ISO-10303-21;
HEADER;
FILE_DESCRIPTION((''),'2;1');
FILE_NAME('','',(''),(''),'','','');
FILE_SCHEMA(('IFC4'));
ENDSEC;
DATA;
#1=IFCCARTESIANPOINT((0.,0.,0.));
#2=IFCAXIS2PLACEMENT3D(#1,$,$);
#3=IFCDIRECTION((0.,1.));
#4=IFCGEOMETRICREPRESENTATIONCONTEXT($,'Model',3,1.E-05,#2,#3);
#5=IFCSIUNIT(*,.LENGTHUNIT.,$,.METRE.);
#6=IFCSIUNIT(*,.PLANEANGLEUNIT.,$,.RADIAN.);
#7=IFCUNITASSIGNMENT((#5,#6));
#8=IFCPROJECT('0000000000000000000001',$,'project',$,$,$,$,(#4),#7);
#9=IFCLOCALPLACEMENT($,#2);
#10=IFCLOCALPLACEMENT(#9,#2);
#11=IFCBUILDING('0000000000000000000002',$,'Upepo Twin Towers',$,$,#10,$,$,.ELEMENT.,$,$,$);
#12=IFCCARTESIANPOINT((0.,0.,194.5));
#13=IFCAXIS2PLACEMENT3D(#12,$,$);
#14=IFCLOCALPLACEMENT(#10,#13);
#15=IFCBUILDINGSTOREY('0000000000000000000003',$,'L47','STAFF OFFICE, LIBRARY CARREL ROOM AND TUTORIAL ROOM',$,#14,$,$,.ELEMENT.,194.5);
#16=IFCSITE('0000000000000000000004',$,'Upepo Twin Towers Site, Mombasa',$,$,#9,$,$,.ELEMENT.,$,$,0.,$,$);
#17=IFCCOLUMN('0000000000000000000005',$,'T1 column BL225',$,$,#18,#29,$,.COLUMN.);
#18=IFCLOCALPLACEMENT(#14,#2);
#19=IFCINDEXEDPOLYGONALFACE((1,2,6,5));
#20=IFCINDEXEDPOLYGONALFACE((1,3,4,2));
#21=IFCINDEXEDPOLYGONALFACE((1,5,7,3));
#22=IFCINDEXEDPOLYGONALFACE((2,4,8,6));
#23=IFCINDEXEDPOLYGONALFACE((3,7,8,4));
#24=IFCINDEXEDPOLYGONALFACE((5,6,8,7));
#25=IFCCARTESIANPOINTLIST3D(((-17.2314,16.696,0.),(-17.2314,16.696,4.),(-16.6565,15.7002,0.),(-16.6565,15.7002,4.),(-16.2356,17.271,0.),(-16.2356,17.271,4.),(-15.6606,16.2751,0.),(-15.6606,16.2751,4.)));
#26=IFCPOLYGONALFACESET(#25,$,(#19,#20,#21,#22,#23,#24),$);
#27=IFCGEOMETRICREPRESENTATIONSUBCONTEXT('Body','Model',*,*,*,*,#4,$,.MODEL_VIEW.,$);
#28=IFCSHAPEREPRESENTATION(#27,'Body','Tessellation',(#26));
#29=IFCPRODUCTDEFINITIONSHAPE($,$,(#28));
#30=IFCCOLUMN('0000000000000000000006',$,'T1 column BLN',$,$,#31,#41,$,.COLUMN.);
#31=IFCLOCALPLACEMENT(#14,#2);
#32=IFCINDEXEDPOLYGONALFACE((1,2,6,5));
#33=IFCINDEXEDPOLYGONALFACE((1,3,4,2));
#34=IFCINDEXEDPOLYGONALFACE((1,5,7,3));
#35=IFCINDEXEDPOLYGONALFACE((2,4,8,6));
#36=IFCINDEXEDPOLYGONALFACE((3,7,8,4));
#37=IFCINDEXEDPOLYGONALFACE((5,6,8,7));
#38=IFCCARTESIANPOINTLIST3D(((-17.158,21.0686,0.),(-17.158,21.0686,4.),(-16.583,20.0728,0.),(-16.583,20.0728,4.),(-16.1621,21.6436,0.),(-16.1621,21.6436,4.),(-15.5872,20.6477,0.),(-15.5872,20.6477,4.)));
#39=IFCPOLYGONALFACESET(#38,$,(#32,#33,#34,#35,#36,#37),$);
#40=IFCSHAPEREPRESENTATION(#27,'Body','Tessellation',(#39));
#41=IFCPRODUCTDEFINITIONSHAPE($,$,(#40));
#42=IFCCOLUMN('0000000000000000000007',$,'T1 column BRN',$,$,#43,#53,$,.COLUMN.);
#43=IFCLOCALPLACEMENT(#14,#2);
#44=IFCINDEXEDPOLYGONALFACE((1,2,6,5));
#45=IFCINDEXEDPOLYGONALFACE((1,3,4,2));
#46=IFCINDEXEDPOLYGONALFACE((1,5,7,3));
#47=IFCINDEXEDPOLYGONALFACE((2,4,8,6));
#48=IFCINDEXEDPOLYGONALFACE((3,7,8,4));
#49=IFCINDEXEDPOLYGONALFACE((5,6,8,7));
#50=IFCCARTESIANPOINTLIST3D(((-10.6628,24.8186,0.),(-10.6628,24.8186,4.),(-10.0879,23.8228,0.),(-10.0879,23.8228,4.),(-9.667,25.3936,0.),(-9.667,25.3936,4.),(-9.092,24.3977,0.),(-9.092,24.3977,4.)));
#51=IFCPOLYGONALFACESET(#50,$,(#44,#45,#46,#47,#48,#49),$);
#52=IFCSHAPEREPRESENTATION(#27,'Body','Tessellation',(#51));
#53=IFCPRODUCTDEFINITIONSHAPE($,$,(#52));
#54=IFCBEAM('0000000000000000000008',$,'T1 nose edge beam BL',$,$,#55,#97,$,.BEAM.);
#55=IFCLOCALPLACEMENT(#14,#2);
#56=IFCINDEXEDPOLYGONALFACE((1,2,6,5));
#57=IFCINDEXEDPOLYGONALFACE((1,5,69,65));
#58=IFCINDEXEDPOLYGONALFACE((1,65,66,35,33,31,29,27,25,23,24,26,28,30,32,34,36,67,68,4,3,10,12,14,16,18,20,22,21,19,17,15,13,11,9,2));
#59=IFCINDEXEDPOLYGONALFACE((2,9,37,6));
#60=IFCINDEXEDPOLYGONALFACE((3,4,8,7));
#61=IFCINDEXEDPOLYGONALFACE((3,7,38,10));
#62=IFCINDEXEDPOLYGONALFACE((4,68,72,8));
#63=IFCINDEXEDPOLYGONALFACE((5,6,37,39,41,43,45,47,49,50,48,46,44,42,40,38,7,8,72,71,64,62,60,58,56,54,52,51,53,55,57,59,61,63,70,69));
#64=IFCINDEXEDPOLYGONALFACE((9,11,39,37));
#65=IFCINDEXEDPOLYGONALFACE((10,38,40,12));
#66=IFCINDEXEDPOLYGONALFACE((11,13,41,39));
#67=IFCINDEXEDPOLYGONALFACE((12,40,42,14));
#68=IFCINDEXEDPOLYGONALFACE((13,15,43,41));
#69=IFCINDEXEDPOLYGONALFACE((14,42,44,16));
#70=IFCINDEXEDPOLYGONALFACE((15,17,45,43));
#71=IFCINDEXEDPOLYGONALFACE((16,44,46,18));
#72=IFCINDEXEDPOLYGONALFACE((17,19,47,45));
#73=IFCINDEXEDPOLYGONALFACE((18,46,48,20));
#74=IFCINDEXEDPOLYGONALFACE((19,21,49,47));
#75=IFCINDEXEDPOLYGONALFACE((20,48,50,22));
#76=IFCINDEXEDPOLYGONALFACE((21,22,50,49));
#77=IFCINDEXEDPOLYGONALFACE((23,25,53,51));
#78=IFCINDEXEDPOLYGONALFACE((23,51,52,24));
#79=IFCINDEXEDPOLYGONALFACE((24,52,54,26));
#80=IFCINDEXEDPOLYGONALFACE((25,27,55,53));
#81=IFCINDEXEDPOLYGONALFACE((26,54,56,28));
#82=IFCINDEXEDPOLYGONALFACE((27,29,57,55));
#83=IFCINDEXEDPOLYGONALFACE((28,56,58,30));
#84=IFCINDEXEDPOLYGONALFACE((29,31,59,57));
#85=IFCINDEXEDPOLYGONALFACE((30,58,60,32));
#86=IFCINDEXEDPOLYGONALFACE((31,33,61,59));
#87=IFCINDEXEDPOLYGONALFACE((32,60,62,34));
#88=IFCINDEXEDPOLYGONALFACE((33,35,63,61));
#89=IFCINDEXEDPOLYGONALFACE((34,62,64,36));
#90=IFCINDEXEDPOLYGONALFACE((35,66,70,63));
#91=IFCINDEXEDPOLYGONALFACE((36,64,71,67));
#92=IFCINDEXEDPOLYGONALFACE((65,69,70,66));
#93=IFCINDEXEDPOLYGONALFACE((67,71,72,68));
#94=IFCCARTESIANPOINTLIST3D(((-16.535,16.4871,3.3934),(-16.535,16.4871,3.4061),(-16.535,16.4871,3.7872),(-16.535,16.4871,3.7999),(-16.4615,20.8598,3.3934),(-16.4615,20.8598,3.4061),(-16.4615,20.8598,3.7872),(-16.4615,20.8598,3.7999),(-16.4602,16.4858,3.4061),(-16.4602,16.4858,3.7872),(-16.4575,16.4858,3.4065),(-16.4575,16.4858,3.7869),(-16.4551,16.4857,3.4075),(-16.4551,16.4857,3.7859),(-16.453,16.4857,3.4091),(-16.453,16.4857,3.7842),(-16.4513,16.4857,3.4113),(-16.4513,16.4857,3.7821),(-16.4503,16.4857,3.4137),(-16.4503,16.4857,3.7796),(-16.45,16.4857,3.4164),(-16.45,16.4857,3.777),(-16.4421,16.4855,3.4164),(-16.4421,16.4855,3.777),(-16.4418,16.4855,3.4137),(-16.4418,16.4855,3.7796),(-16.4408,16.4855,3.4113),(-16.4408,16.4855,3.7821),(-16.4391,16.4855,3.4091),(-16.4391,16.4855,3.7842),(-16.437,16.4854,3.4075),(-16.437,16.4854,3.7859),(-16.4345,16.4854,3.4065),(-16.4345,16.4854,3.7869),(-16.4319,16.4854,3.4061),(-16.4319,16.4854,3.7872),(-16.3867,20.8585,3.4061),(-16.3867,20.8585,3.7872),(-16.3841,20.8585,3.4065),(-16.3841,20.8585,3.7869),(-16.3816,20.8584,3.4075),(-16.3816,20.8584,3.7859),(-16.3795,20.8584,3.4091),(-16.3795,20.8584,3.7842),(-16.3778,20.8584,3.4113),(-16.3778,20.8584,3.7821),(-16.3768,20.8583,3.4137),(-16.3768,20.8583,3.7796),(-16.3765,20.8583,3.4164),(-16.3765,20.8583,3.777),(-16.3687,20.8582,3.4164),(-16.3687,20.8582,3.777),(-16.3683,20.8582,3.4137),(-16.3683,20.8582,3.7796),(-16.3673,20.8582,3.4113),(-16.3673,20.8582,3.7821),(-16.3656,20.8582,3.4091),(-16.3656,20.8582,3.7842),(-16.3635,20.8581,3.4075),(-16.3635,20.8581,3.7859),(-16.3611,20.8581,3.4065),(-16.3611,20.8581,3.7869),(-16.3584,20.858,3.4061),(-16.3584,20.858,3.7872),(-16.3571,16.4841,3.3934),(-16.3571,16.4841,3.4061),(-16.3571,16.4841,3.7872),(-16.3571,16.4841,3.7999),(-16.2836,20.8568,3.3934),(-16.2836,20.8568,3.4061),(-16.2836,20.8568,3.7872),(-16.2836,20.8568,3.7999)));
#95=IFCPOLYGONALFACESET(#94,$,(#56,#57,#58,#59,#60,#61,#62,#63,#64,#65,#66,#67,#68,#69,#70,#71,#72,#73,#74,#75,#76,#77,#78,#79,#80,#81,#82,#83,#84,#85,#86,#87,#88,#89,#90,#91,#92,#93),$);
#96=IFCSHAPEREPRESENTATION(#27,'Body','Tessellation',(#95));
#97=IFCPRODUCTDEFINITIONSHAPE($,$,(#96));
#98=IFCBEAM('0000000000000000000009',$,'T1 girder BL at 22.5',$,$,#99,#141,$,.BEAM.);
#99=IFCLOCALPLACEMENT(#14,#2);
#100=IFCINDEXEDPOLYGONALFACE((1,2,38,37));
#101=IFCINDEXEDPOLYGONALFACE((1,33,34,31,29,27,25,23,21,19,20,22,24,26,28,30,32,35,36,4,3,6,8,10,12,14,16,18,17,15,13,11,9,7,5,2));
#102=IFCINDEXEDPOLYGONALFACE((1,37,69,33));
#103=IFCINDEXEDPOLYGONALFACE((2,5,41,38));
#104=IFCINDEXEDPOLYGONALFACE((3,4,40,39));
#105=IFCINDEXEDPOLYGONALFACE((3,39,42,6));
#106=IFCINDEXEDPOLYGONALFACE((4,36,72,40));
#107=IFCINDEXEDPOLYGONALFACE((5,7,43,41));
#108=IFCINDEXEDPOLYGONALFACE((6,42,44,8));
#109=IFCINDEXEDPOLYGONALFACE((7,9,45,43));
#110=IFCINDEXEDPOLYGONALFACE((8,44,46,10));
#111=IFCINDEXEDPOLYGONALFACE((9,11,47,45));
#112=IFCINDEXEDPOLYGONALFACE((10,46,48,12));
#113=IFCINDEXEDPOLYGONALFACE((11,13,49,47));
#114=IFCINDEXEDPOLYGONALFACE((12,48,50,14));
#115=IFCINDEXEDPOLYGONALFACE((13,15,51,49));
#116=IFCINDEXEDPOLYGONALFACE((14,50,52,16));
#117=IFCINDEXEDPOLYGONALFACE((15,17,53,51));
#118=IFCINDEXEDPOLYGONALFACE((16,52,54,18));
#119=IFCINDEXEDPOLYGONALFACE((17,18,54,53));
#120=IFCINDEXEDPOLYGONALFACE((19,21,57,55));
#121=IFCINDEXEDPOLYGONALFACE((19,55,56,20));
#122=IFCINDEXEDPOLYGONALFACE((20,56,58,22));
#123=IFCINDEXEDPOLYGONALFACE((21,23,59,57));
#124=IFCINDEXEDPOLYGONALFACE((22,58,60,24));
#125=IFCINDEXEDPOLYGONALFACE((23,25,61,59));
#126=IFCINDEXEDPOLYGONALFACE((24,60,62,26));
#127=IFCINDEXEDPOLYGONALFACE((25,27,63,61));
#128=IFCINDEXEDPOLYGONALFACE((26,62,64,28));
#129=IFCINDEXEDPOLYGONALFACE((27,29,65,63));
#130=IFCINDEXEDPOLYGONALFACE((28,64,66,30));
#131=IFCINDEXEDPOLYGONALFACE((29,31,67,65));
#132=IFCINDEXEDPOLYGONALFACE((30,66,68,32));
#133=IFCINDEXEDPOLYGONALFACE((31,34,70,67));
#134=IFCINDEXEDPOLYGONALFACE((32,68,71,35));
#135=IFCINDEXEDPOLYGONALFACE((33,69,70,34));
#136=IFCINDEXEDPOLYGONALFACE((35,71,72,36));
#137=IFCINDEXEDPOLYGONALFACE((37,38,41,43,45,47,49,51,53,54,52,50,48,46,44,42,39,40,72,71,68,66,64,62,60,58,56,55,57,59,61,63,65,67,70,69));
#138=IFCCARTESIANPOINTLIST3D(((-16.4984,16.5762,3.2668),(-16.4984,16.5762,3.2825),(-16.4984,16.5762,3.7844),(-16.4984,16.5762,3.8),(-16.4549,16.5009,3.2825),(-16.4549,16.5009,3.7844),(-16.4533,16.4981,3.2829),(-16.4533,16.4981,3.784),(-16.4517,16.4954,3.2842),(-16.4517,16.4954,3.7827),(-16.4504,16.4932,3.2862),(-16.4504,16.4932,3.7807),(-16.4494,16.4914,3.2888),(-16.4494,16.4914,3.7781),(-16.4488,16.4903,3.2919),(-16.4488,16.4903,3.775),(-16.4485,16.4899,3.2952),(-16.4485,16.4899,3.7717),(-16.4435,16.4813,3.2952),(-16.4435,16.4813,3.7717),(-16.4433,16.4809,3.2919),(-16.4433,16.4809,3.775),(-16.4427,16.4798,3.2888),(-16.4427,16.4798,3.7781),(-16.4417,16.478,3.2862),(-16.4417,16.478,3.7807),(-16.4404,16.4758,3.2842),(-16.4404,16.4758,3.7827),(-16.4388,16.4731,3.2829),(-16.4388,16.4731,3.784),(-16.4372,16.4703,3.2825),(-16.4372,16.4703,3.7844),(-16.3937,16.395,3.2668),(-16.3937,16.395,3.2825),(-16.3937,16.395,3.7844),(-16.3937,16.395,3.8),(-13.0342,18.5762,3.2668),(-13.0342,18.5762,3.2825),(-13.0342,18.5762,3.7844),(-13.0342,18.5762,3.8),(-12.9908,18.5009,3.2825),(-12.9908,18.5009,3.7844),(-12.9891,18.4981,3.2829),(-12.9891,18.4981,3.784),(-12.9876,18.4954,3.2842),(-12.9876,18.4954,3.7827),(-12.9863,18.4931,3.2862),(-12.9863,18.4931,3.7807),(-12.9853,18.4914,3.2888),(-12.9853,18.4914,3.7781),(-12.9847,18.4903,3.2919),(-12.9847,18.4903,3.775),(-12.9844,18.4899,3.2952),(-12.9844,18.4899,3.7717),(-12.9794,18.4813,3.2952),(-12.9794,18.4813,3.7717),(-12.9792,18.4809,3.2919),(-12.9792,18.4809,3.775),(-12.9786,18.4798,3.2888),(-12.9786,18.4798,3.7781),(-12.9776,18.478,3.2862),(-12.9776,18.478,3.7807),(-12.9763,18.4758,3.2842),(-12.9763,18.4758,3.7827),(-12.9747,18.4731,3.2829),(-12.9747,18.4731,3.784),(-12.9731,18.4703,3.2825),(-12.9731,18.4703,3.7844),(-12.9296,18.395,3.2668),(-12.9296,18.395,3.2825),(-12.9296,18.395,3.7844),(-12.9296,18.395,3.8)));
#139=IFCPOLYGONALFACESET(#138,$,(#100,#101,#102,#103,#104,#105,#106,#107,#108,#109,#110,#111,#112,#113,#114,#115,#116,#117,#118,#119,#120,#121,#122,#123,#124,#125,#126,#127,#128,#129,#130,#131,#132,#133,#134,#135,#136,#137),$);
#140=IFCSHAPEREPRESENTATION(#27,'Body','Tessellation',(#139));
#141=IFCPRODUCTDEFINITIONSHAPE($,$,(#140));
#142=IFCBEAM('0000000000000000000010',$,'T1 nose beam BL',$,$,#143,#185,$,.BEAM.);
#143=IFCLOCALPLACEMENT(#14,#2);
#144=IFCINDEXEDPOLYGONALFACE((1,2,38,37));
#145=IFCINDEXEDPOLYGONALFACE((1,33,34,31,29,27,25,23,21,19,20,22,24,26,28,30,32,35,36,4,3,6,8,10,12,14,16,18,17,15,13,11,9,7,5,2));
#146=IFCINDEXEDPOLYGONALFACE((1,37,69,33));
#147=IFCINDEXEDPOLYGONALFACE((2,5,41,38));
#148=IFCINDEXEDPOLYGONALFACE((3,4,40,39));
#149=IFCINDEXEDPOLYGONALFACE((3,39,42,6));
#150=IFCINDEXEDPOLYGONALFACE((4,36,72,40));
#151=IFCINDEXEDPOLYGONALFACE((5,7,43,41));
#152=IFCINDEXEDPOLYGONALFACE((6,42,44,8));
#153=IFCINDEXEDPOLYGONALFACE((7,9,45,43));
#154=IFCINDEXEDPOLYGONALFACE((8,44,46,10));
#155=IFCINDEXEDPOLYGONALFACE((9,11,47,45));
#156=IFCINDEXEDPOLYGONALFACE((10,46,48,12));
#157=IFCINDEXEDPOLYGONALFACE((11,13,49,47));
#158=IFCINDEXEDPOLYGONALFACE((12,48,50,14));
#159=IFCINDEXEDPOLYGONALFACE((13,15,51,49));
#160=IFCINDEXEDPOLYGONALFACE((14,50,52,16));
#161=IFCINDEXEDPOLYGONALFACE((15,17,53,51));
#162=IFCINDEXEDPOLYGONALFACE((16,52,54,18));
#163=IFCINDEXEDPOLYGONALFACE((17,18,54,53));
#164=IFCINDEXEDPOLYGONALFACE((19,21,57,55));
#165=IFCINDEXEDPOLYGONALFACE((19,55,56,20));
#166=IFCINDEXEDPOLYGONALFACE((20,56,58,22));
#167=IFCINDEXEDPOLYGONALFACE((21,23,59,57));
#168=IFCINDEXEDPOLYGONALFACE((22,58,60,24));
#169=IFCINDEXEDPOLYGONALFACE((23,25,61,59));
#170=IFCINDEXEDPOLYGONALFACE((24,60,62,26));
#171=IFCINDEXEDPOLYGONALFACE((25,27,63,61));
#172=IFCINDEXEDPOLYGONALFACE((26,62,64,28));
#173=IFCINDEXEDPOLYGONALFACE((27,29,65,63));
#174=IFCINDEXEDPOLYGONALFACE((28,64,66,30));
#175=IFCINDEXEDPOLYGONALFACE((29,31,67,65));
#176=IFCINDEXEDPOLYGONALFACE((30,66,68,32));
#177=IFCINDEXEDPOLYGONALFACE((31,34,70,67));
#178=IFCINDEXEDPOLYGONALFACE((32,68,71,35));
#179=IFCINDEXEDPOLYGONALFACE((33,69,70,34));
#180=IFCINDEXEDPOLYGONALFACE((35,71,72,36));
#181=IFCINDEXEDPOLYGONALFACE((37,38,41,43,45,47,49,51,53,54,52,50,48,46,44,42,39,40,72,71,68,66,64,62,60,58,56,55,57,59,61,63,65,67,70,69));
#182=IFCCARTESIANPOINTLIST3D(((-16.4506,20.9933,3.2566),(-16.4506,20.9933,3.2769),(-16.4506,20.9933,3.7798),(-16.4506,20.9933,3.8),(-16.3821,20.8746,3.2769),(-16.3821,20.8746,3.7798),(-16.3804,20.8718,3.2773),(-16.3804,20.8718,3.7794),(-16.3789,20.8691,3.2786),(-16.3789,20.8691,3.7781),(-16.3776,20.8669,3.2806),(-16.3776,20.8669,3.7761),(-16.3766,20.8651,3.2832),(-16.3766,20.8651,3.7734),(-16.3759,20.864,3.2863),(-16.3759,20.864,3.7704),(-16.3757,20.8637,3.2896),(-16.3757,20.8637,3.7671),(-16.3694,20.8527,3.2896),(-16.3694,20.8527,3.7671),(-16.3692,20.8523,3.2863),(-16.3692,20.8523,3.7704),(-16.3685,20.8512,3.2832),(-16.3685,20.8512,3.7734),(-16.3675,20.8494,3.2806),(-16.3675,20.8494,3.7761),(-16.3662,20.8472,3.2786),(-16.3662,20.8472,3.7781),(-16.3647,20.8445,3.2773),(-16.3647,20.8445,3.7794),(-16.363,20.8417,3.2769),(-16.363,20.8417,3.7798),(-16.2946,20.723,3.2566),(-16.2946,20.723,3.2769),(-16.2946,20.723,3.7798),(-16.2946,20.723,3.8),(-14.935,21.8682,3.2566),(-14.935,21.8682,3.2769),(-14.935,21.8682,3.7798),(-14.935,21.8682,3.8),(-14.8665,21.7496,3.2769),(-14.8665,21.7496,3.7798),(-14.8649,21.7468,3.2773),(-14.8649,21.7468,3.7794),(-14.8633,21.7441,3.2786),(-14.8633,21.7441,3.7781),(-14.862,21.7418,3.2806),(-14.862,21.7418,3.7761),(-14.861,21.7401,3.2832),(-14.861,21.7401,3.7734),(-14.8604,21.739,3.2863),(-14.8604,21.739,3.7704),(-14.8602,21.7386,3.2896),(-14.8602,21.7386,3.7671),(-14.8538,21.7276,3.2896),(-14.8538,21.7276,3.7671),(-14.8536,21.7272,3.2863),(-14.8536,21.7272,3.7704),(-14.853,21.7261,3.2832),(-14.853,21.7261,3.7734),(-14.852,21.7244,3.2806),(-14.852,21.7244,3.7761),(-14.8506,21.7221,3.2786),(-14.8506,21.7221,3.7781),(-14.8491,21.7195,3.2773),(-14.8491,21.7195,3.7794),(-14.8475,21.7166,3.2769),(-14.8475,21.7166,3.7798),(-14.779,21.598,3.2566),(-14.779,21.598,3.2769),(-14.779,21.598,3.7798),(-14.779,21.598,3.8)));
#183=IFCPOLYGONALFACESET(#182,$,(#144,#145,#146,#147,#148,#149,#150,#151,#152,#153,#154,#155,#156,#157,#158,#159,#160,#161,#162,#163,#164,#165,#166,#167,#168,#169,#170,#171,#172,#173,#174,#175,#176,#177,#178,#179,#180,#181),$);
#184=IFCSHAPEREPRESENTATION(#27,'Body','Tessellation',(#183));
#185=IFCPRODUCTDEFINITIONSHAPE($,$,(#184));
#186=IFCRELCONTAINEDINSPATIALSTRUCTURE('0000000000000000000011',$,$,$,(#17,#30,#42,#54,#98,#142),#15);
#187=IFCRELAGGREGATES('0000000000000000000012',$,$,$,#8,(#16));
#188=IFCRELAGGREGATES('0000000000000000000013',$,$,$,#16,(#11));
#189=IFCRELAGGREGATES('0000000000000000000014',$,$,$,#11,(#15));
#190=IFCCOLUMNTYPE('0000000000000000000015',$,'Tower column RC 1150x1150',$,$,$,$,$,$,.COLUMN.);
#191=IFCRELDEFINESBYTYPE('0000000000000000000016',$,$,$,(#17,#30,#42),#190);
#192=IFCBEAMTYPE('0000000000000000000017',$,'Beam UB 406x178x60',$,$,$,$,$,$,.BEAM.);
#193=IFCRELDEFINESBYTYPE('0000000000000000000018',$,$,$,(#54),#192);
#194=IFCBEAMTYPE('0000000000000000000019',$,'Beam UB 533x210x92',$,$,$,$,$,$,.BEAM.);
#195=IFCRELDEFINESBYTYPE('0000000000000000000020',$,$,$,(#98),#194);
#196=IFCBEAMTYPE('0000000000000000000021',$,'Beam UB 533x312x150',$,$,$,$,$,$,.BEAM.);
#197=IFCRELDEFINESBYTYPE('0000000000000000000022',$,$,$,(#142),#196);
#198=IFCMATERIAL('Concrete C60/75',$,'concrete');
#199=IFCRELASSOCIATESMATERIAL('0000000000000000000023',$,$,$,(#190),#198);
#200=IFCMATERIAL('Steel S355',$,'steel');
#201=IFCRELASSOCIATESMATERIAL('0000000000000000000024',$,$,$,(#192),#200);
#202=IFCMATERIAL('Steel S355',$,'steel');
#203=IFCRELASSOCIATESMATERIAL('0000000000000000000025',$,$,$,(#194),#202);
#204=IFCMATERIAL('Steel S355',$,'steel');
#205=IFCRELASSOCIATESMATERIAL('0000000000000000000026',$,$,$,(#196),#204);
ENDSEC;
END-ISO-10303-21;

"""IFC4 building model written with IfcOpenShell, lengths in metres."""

from ifc_helpers import new_model, si_unit, direction, frame, origin, origin_2d, place, context, subcontext, project, spatial, rectangle, i_section, extrude, material, material_profile, profile_set, type_object, element, save


model = new_model("IFC4")

# Units and contexts
model_context = context("Model", 3, precision=1e-05, world=origin(), true_north=direction((0.0, 1.0)))
body_context = subcontext(model_context, "Body", "Model", "MODEL_VIEW")
ifc_project = project(units=[si_unit("LENGTHUNIT", "METRE"), si_unit("PLANEANGLEUNIT", "RADIAN")], contexts=[model_context])

# Site, building, storey
site_placement = place(None, origin())
site = spatial("IfcSite", under=ifc_project, at=site_placement, Name="Upepo Twin Towers Site, Mombasa", CompositionType="ELEMENT", RefElevation=0.0)
building_placement = place(site_placement, origin())
building = spatial("IfcBuilding", under=site, at=building_placement, Name="Upepo Twin Towers", CompositionType="ELEMENT")
storey_placement = place(building_placement, frame((0.0, 0.0, 194.5)))
storey = spatial("IfcBuildingStorey", under=building, at=storey_placement, Name="L47", Description="STAFF OFFICE, LIBRARY CARREL ROOM AND TUTORIAL ROOM", CompositionType="ELEMENT", Elevation=194.5)

# Columns
ifc_material_1 = material(Name="Concrete C60/75", Category="concrete")
ifc_material_profile_1 = material_profile(ifc_material_1, rectangle(XDim=1.1499, YDim=1.1499, at=origin_2d()), Name="RC 1150x1150")
ifc_profile_set_1 = profile_set([ifc_material_profile_1], Name="Concrete C60/75")
column_type = type_object("IfcColumnType", Name="Tower column RC 1150x1150", PredefinedType="COLUMN", material=ifc_profile_set_1)
for number, where, z_axis, x_axis, name in (
    (1, (-16.446, 16.4856, 0.0), (0.0, 0.0, 1.0), (0.866025, 0.5, 0.0), "T1 column BL225"),
    (2, (-16.3726, 20.8582, 0.0), (0.0, 0.0, 1.0), (0.866025, 0.5, 0.0), "T1 column BLN"),
    (3, (-9.8774, 24.6082, 0.0), (0.0, 0.0, 1.0), (0.866025, 0.5, 0.0), "T1 column BRN"),
):
    element("IfcColumn", number, at=place(storey_placement, frame(where, z_axis=z_axis, x_axis=x_axis)), inside=storey, type_object=column_type, Name=name, PredefinedType="COLUMN", context=body_context, shape_type="SweptSolid", body=[
        extrude(rectangle(XDim=1.1499, YDim=1.1499, at=origin_2d()), origin(), (0.0, 0.0, 1.0), 4.0),
    ])

# Beams
ifc_material_2 = material(Name="Steel S355", Category="steel")
ifc_material_profile_2 = material_profile(ifc_material_2, i_section(OverallWidth=0.178, OverallDepth=0.4065, WebThickness=0.0078, FlangeThickness=0.0127, FilletRadius=0.0103, at=origin_2d()), Name="UB 406x178x60")
ifc_profile_set_2 = profile_set([ifc_material_profile_2], Name="Steel S355")
beam_type_1 = type_object("IfcBeamType", Name="Beam UB 406x178x60", PredefinedType="BEAM", material=ifc_profile_set_2)
beam_1_placement = place(storey_placement, frame((-16.446, 16.4856, 3.5967), z_axis=(0.016804, 0.999859, 0.0), x_axis=(-0.999859, 0.016804, 0.0)))
element("IfcBeam", 4, at=beam_1_placement, inside=storey, type_object=beam_type_1, Name="T1 nose edge beam BL", PredefinedType="BEAM", context=body_context, shape_type="SweptSolid", body=[
    extrude(i_section(OverallWidth=0.178, OverallDepth=0.4065, WebThickness=0.0078, FlangeThickness=0.0127, FilletRadius=0.0103, at=origin_2d()), origin(), (0.0, 0.0, 1.0), 4.3733),
])
ifc_material_3 = material(Name="Steel S355", Category="steel")
ifc_material_profile_3 = material_profile(ifc_material_3, i_section(OverallWidth=0.2092, OverallDepth=0.5332, WebThickness=0.01, FlangeThickness=0.0156, FilletRadius=0.0127, at=origin_2d()), Name="UB 533x210x92")
ifc_profile_set_3 = profile_set([ifc_material_profile_3], Name="Steel S355")
beam_type_2 = type_object("IfcBeamType", Name="Beam UB 533x210x92", PredefinedType="BEAM", material=ifc_profile_set_3)
beam_2_placement = place(storey_placement, frame((-16.446, 16.4856, 3.5334), z_axis=(0.866026, 0.499999, 0.0), x_axis=(-0.499999, 0.866026, 0.0)))
element("IfcBeam", 5, at=beam_2_placement, inside=storey, type_object=beam_type_2, Name="T1 girder BL at 22.5", PredefinedType="BEAM", context=body_context, shape_type="SweptSolid", body=[
    extrude(i_section(OverallWidth=0.2092, OverallDepth=0.5332, WebThickness=0.01, FlangeThickness=0.0156, FilletRadius=0.0127, at=origin_2d()), origin(), (0.0, 0.0, 1.0), 4.0),
])
ifc_material_4 = material(Name="Steel S355", Category="steel")
ifc_material_profile_4 = material_profile(ifc_material_4, i_section(OverallWidth=0.312, OverallDepth=0.5435, WebThickness=0.0127, FlangeThickness=0.0203, FilletRadius=0.0127, at=origin_2d()), Name="UB 533x312x150")
ifc_profile_set_4 = profile_set([ifc_material_profile_4], Name="Steel S355")
beam_type_3 = type_object("IfcBeamType", Name="Beam UB 533x312x150", PredefinedType="BEAM", material=ifc_profile_set_4)
for number, where, z_axis, x_axis, name in (
    (6, (-16.3726, 20.8582, 3.5283), (0.866037, 0.49998, 0.0), (-0.49998, 0.866037, 0.0), "T1 nose beam BL"),
):
    element("IfcBeam", number, at=place(storey_placement, frame(where, z_axis=z_axis, x_axis=x_axis)), inside=storey, type_object=beam_type_3, Name=name, PredefinedType="BEAM", context=body_context, shape_type="SweptSolid", body=[
        extrude(i_section(OverallWidth=0.312, OverallDepth=0.5435, WebThickness=0.0127, FlangeThickness=0.0203, FilletRadius=0.0127, at=origin_2d()), origin(), (0.0, 0.0, 1.0), 1.75),
    ])

save(model, "model.ifc")
